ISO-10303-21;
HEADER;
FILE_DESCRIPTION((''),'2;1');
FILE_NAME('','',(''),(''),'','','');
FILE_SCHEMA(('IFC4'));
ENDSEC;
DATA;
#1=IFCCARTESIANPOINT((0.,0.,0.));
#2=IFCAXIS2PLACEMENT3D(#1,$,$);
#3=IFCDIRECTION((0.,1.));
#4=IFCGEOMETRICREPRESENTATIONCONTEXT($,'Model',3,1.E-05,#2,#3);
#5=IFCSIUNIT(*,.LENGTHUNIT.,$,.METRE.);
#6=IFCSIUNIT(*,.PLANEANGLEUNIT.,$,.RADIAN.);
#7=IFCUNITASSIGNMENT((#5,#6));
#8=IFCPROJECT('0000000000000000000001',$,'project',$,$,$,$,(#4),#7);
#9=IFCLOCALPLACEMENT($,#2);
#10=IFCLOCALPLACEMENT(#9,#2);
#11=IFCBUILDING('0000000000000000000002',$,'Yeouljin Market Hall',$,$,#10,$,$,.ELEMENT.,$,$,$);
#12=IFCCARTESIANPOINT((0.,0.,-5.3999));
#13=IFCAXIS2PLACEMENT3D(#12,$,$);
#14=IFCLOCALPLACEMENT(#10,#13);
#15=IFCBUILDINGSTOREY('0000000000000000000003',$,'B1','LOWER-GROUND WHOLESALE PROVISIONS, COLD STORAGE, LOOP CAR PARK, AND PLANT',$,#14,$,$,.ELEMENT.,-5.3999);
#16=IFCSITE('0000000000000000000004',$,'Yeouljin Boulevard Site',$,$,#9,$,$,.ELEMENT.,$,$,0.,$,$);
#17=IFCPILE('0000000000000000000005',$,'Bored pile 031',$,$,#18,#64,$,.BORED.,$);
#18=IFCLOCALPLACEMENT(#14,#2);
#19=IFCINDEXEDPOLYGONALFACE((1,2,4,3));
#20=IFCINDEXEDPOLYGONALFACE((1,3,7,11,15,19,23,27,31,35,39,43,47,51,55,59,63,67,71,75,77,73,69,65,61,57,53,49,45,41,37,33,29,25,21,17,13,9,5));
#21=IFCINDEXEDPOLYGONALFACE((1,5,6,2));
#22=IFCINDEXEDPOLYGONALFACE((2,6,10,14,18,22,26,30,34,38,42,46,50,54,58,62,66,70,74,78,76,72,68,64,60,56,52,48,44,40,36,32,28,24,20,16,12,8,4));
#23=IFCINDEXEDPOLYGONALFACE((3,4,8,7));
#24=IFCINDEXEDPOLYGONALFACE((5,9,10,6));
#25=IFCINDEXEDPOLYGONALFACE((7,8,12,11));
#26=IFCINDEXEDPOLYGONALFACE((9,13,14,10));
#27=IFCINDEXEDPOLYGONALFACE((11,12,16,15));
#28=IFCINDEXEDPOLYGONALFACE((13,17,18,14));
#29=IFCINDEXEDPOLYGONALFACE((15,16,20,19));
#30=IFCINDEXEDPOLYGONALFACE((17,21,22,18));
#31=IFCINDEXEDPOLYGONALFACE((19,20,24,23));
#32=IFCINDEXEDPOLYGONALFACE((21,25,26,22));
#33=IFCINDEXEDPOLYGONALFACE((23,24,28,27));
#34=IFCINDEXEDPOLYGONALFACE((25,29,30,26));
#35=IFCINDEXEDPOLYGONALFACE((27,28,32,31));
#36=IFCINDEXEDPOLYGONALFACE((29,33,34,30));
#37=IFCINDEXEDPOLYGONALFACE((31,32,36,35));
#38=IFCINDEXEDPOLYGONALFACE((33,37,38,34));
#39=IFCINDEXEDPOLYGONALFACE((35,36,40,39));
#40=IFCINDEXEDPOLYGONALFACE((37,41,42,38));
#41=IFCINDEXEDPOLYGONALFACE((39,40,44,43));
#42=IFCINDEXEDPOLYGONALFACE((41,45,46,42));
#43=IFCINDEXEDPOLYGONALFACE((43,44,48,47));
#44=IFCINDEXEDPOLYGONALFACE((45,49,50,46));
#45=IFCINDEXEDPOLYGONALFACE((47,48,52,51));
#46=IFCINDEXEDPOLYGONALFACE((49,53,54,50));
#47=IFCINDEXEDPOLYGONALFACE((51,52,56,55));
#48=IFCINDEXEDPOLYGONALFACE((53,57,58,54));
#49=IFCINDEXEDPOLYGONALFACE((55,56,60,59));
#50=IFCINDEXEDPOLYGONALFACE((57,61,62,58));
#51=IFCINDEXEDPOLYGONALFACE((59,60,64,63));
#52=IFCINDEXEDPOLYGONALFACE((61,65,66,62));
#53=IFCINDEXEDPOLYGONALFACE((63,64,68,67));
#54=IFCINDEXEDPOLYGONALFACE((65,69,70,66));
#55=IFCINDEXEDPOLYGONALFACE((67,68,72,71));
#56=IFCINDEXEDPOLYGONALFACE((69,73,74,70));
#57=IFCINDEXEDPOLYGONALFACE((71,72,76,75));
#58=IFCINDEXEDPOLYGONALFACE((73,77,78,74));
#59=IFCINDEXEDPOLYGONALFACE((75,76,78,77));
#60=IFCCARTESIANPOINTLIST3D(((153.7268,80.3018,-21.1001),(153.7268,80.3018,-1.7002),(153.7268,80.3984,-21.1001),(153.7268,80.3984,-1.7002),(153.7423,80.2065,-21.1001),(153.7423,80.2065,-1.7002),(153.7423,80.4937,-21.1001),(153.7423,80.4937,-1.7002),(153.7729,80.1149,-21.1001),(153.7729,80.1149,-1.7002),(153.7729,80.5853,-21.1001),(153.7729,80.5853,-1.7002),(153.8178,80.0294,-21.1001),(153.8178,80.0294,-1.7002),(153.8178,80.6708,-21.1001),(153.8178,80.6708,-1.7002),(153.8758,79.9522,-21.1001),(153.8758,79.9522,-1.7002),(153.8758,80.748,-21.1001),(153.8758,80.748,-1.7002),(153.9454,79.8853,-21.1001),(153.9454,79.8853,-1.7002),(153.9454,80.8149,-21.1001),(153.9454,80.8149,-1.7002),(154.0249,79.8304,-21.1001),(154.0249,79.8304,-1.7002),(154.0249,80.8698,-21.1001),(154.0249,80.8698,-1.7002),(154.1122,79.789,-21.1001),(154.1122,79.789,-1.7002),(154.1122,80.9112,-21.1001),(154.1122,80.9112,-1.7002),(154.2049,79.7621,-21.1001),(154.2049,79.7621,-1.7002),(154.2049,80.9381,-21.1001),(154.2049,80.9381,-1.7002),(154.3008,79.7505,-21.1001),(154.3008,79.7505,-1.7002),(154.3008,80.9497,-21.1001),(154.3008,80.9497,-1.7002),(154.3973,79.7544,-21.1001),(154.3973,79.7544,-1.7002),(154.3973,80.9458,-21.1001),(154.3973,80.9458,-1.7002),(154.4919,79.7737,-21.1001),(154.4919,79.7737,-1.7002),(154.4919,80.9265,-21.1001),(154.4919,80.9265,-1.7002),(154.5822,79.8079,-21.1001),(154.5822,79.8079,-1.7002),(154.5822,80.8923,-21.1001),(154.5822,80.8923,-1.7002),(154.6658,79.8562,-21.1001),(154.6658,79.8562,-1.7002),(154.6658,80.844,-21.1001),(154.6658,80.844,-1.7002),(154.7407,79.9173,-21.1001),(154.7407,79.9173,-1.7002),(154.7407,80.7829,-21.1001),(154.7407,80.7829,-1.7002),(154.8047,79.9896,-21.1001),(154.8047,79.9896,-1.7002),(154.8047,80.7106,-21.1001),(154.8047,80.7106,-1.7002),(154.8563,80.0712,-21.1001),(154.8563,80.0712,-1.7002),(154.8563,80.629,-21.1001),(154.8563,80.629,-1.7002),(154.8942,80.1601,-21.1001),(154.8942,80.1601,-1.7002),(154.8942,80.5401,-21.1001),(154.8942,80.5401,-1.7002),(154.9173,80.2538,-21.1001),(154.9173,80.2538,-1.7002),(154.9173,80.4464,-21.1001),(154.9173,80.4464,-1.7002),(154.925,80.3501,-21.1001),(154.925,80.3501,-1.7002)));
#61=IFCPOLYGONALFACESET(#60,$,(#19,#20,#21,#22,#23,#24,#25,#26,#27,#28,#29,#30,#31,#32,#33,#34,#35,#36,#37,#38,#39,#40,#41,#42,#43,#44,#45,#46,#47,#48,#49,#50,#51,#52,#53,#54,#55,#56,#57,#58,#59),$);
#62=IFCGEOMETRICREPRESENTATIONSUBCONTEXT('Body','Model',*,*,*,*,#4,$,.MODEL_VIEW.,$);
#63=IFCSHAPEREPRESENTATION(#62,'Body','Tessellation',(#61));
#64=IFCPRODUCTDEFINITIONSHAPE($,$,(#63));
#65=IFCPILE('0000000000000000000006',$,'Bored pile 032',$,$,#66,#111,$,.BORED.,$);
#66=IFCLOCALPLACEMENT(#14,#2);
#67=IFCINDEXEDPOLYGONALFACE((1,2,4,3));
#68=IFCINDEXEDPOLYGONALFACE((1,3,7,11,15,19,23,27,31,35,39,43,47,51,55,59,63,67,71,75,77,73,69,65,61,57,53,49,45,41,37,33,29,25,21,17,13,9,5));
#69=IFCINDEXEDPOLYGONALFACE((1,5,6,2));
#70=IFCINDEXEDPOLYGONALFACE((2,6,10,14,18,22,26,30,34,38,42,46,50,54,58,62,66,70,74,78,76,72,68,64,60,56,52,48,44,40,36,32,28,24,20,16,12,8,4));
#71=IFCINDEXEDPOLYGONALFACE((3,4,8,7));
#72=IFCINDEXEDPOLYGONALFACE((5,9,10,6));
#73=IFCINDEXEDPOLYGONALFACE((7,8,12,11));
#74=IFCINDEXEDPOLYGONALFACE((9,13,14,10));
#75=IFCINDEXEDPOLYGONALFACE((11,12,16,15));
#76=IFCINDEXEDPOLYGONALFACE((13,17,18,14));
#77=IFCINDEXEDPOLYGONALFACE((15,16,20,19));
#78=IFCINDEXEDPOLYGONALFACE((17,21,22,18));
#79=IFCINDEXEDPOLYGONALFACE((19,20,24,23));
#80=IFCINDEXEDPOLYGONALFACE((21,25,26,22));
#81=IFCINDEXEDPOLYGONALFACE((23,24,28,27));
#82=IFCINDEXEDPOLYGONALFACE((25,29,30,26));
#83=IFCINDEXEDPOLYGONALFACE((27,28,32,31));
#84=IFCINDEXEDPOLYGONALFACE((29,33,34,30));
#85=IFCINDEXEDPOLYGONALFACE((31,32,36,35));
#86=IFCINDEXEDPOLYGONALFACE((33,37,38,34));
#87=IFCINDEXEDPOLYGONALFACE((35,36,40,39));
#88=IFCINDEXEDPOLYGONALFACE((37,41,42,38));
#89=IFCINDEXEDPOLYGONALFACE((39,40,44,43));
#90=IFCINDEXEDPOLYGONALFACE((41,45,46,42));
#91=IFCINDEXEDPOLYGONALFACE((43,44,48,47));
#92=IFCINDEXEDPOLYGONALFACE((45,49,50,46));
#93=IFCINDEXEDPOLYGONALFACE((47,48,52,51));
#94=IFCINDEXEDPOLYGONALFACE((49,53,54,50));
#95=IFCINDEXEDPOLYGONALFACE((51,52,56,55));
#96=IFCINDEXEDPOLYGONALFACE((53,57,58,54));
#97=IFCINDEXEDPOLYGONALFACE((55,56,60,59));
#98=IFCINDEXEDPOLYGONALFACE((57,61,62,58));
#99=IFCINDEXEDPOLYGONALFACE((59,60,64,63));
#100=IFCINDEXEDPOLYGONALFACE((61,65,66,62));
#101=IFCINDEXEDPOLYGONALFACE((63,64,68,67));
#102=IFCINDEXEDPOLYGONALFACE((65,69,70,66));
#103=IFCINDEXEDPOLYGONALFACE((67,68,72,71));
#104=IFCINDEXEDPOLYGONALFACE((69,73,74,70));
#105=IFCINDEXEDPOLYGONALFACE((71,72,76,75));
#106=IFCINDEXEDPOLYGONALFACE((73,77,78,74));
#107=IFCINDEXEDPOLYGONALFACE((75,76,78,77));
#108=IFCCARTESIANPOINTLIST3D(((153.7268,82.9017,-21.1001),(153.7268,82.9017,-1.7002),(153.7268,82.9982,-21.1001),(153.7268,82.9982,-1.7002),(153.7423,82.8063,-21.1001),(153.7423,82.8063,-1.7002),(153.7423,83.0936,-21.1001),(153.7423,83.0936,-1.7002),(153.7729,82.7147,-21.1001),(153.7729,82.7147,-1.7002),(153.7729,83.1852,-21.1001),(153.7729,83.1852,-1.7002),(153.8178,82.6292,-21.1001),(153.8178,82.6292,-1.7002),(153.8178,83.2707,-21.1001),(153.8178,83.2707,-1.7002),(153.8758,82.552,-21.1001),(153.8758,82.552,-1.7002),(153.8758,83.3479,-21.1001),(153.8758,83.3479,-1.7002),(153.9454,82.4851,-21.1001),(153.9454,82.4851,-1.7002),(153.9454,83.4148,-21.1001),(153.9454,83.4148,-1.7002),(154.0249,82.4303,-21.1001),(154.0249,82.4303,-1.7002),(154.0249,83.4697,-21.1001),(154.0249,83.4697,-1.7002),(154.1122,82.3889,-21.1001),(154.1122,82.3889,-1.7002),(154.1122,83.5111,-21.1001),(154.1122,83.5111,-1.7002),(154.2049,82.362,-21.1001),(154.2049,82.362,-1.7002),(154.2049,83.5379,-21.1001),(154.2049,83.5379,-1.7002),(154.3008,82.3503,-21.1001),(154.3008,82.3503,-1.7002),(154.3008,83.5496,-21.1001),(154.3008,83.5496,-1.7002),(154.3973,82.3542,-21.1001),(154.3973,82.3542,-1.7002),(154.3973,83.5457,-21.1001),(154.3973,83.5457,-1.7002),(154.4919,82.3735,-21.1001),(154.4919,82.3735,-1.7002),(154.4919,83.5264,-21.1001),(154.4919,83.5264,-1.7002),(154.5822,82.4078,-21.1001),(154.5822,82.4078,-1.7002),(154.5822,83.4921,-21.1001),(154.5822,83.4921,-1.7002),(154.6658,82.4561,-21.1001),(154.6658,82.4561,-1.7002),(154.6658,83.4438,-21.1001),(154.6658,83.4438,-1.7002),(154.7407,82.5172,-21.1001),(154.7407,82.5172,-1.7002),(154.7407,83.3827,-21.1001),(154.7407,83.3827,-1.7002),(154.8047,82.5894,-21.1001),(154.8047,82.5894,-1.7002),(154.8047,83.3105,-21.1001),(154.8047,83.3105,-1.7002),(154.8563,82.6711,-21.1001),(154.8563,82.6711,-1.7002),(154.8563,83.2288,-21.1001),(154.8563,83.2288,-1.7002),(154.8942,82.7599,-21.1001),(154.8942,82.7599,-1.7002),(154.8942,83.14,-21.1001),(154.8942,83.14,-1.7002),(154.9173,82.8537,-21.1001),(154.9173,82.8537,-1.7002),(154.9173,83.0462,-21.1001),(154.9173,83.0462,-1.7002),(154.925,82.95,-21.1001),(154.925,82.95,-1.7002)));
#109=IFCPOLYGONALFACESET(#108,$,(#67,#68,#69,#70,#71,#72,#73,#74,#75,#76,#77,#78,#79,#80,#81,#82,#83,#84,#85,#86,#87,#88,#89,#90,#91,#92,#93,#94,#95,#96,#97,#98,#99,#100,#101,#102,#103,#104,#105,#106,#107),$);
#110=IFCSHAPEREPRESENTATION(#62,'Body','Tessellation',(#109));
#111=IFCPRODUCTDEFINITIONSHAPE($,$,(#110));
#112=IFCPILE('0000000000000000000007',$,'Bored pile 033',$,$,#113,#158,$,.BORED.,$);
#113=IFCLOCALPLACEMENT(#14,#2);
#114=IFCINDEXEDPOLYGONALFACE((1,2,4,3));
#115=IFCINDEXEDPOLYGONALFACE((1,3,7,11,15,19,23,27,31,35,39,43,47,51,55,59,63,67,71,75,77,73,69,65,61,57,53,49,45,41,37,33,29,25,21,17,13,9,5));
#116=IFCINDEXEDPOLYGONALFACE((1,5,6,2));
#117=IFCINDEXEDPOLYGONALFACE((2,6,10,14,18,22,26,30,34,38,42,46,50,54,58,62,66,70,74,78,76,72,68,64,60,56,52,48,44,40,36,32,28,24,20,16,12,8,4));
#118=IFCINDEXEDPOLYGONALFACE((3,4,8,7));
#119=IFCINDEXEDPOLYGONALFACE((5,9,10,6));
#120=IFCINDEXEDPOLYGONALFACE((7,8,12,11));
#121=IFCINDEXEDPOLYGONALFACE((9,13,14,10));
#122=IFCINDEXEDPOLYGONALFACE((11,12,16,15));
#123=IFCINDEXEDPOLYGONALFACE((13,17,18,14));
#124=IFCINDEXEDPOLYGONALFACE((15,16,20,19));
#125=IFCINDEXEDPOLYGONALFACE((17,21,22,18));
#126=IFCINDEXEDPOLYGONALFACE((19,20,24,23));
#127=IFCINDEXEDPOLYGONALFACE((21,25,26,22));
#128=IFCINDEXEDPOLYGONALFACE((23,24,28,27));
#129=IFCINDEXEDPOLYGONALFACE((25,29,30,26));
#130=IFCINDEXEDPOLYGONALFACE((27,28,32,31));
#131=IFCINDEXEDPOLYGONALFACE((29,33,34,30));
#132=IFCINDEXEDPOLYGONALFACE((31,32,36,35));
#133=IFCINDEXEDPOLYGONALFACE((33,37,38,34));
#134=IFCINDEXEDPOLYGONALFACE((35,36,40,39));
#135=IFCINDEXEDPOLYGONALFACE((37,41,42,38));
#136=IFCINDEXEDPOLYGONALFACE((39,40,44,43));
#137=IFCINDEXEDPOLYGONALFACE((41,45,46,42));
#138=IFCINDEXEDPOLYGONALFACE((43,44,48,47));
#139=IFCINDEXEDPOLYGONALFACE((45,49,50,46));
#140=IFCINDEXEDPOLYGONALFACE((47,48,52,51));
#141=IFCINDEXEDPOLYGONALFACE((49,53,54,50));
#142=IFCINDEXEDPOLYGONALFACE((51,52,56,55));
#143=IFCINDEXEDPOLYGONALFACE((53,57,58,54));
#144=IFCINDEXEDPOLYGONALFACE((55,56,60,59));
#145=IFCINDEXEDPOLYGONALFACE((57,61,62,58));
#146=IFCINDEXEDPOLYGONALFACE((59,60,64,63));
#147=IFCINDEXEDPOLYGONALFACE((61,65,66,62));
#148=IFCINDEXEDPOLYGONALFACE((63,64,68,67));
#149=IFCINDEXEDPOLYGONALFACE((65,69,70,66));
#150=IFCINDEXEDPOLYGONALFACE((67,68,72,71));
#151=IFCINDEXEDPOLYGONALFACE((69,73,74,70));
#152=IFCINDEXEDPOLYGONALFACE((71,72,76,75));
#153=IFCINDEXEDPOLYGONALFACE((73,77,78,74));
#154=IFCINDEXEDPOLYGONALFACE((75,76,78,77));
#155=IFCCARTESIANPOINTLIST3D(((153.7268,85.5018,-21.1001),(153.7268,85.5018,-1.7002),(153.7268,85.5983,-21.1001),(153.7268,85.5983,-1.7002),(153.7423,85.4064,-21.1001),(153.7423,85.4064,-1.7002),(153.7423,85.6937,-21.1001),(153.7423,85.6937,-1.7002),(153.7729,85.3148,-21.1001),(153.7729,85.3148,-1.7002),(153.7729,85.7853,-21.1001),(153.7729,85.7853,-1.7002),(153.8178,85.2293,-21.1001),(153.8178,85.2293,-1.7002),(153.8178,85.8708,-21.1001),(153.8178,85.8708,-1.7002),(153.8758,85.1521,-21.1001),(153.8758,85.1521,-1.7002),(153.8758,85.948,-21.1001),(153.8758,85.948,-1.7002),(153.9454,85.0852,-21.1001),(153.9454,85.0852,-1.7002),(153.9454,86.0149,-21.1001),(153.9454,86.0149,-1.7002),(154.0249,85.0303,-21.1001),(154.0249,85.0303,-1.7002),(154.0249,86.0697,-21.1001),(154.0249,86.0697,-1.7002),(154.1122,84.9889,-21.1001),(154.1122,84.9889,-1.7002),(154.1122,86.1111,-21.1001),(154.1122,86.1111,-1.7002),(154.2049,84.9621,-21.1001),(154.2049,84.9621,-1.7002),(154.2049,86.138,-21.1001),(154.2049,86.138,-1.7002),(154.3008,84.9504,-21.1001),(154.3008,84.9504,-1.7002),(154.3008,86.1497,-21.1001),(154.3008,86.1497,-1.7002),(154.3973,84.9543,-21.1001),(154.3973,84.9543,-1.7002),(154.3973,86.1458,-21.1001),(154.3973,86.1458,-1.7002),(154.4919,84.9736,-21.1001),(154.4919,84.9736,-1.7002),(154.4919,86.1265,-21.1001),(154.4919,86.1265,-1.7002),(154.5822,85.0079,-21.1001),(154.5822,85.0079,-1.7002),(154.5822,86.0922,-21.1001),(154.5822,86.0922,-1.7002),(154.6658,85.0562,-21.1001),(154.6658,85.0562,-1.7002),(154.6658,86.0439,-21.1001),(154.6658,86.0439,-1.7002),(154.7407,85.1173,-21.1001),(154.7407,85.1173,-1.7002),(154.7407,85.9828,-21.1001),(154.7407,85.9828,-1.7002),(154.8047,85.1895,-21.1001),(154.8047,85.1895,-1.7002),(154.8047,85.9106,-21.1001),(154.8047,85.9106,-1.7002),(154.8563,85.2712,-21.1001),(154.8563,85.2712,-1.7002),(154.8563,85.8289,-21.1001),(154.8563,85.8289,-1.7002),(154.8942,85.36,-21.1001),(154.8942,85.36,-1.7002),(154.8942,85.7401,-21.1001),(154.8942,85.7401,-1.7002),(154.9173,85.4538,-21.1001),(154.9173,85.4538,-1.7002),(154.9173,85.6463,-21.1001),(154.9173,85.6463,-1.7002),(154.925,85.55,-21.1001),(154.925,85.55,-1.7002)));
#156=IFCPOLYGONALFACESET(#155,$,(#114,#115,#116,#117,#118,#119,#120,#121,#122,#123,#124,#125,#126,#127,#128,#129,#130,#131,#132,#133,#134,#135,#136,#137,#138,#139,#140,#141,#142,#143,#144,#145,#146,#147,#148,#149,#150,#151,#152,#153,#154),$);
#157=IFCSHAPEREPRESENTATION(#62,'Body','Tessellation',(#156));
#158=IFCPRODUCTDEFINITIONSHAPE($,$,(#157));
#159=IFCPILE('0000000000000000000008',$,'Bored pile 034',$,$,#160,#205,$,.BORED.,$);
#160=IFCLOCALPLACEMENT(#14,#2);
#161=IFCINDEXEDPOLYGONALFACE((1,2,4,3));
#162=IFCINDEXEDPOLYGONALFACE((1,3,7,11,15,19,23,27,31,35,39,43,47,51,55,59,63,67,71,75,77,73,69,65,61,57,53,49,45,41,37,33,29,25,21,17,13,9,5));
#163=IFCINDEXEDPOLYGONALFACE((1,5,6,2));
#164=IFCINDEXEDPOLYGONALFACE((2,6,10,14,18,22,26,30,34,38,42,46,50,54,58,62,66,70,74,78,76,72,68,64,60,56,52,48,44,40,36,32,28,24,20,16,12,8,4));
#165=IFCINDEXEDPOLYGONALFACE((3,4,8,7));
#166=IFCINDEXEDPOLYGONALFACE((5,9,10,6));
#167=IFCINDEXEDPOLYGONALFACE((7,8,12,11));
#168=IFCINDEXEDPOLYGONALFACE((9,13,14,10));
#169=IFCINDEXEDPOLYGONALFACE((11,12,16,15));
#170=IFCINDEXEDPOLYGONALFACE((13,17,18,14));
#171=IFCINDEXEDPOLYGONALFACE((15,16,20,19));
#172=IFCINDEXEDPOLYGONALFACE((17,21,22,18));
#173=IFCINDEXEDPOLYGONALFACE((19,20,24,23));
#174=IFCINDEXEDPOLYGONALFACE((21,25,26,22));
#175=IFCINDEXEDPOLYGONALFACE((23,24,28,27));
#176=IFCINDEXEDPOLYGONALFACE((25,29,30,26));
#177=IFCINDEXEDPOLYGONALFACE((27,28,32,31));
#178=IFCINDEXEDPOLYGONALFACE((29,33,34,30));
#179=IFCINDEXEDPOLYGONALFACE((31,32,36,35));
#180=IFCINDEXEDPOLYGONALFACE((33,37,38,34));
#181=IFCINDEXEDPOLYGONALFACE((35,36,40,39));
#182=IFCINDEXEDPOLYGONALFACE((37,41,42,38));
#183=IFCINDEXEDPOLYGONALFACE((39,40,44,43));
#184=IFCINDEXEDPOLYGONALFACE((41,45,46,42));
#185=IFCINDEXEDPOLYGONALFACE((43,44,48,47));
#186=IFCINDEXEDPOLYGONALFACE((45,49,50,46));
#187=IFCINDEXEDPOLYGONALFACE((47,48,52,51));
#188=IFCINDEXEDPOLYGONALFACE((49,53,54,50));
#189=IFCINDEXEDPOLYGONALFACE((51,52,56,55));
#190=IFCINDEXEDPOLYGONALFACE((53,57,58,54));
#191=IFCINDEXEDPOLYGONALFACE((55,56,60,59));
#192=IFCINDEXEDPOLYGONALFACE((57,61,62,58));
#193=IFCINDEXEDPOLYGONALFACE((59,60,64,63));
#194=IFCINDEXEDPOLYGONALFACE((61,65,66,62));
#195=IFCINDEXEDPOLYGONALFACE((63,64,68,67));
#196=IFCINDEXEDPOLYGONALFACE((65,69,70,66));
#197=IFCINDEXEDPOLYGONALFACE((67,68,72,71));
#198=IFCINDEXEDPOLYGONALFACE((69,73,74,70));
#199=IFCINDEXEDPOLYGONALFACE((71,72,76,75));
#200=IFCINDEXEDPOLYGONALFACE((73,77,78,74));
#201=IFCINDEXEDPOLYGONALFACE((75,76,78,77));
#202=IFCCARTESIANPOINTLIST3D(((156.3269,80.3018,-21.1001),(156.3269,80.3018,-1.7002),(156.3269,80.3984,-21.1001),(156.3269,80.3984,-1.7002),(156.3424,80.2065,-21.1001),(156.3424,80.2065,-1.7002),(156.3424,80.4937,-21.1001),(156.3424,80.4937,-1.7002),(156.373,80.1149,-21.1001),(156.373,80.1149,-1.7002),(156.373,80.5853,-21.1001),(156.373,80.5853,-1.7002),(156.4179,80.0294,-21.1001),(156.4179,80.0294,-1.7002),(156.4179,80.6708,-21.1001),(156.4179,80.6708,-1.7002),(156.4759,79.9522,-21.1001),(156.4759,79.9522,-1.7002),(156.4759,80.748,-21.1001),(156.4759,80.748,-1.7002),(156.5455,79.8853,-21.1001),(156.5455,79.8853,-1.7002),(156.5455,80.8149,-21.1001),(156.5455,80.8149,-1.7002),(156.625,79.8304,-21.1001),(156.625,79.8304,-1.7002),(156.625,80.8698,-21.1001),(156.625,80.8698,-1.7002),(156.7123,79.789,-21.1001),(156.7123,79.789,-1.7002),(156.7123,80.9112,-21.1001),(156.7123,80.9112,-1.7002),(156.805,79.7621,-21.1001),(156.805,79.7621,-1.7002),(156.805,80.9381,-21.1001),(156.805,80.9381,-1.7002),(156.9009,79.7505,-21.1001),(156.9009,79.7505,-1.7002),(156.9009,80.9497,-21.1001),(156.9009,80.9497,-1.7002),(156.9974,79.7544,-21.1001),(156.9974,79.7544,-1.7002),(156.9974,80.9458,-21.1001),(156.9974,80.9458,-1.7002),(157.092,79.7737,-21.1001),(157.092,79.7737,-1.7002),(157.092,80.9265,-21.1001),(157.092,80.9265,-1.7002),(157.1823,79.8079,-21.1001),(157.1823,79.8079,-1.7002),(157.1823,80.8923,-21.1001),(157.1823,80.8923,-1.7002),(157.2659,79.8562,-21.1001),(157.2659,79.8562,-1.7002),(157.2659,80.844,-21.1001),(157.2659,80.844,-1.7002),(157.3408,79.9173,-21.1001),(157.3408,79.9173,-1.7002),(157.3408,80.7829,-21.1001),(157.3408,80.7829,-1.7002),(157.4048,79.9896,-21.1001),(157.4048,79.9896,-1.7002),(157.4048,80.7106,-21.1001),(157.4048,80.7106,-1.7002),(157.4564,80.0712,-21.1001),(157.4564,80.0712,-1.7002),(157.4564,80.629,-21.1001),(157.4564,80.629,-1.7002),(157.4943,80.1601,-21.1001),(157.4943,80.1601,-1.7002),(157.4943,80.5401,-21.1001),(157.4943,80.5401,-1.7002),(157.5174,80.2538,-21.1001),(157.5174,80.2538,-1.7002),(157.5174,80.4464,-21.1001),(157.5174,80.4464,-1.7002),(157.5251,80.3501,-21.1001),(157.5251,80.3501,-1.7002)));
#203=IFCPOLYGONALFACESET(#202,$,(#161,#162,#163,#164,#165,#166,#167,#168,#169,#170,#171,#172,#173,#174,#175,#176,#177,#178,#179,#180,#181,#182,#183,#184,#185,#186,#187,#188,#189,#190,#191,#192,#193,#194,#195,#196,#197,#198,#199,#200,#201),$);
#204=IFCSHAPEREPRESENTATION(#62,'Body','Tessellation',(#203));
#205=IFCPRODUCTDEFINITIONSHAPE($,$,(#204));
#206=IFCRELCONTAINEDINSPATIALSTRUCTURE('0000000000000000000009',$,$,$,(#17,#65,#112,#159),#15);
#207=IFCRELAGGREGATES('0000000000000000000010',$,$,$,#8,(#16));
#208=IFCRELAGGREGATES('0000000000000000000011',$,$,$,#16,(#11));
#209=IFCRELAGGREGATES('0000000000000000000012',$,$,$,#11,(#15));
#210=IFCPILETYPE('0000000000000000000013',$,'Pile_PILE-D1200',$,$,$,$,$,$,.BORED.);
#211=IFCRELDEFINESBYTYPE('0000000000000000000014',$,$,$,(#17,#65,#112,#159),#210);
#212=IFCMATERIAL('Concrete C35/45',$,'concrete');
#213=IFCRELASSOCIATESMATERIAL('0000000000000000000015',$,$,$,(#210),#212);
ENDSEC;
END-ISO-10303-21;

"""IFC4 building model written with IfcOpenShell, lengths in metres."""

from ifc_helpers import new_model, si_unit, direction, frame, origin, origin_2d, place, context, subcontext, project, spatial, circle, extrude, material, material_profile, profile_set, type_object, element, save


model = new_model("IFC4")

# Units and contexts
model_context = context("Model", 3, precision=1e-05, world=origin(), true_north=direction((0.0, 1.0)))
body_context = subcontext(model_context, "Body", "Model", "MODEL_VIEW")
ifc_project = project(units=[si_unit("LENGTHUNIT", "METRE"), si_unit("PLANEANGLEUNIT", "RADIAN")], contexts=[model_context])

# Site, building, storey
site_placement = place(None, origin())
site = spatial("IfcSite", under=ifc_project, at=site_placement, Name="Yeouljin Boulevard Site", CompositionType="ELEMENT", RefElevation=0.0)
building_placement = place(site_placement, origin())
building = spatial("IfcBuilding", under=site, at=building_placement, Name="Yeouljin Market Hall", CompositionType="ELEMENT")
storey_placement = place(building_placement, frame((0.0, 0.0, -5.3999)))
storey = spatial("IfcBuildingStorey", under=building, at=storey_placement, Name="B1", Description="LOWER-GROUND WHOLESALE PROVISIONS, COLD STORAGE, LOOP CAR PARK, AND PLANT", CompositionType="ELEMENT", Elevation=-5.3999)

# Piles
ifc_material_1 = material(Name="Concrete C35/45", Category="concrete")
ifc_material_profile_1 = material_profile(ifc_material_1, circle(Radius=0.6001, at=origin_2d()), Name="PILE-D1200")
ifc_profile_set_1 = profile_set([ifc_material_profile_1], Name="Concrete C35/45")
pile_type = type_object("IfcPileType", Name="Pile_PILE-D1200", PredefinedType="BORED", material=ifc_profile_set_1)
for number, where, z_axis, x_axis, name in (
    (1, (154.325, 80.3501, -1.7002), (0.0, 0.0, -1.0), (1.0, 0.0, 0.0), "Bored pile 031"),
    (2, (154.325, 82.95, -1.7002), (0.0, 0.0, -1.0), (1.0, 0.0, 0.0), "Bored pile 032"),
    (3, (154.325, 85.55, -1.7002), (0.0, 0.0, -1.0), (1.0, 0.0, 0.0), "Bored pile 033"),
    (4, (156.925, 80.3501, -1.7002), (0.0, 0.0, -1.0), (1.0, 0.0, 0.0), "Bored pile 034"),
):
    element("IfcPile", number, at=place(storey_placement, frame(where, z_axis=z_axis, x_axis=x_axis)), inside=storey, type_object=pile_type, Name=name, PredefinedType="BORED", context=body_context, shape_type="SweptSolid", body=[
        extrude(circle(Radius=0.6001, at=origin_2d()), origin(), (0.0, 0.0, 1.0), 19.3999),
    ])

save(model, "model.ifc")
